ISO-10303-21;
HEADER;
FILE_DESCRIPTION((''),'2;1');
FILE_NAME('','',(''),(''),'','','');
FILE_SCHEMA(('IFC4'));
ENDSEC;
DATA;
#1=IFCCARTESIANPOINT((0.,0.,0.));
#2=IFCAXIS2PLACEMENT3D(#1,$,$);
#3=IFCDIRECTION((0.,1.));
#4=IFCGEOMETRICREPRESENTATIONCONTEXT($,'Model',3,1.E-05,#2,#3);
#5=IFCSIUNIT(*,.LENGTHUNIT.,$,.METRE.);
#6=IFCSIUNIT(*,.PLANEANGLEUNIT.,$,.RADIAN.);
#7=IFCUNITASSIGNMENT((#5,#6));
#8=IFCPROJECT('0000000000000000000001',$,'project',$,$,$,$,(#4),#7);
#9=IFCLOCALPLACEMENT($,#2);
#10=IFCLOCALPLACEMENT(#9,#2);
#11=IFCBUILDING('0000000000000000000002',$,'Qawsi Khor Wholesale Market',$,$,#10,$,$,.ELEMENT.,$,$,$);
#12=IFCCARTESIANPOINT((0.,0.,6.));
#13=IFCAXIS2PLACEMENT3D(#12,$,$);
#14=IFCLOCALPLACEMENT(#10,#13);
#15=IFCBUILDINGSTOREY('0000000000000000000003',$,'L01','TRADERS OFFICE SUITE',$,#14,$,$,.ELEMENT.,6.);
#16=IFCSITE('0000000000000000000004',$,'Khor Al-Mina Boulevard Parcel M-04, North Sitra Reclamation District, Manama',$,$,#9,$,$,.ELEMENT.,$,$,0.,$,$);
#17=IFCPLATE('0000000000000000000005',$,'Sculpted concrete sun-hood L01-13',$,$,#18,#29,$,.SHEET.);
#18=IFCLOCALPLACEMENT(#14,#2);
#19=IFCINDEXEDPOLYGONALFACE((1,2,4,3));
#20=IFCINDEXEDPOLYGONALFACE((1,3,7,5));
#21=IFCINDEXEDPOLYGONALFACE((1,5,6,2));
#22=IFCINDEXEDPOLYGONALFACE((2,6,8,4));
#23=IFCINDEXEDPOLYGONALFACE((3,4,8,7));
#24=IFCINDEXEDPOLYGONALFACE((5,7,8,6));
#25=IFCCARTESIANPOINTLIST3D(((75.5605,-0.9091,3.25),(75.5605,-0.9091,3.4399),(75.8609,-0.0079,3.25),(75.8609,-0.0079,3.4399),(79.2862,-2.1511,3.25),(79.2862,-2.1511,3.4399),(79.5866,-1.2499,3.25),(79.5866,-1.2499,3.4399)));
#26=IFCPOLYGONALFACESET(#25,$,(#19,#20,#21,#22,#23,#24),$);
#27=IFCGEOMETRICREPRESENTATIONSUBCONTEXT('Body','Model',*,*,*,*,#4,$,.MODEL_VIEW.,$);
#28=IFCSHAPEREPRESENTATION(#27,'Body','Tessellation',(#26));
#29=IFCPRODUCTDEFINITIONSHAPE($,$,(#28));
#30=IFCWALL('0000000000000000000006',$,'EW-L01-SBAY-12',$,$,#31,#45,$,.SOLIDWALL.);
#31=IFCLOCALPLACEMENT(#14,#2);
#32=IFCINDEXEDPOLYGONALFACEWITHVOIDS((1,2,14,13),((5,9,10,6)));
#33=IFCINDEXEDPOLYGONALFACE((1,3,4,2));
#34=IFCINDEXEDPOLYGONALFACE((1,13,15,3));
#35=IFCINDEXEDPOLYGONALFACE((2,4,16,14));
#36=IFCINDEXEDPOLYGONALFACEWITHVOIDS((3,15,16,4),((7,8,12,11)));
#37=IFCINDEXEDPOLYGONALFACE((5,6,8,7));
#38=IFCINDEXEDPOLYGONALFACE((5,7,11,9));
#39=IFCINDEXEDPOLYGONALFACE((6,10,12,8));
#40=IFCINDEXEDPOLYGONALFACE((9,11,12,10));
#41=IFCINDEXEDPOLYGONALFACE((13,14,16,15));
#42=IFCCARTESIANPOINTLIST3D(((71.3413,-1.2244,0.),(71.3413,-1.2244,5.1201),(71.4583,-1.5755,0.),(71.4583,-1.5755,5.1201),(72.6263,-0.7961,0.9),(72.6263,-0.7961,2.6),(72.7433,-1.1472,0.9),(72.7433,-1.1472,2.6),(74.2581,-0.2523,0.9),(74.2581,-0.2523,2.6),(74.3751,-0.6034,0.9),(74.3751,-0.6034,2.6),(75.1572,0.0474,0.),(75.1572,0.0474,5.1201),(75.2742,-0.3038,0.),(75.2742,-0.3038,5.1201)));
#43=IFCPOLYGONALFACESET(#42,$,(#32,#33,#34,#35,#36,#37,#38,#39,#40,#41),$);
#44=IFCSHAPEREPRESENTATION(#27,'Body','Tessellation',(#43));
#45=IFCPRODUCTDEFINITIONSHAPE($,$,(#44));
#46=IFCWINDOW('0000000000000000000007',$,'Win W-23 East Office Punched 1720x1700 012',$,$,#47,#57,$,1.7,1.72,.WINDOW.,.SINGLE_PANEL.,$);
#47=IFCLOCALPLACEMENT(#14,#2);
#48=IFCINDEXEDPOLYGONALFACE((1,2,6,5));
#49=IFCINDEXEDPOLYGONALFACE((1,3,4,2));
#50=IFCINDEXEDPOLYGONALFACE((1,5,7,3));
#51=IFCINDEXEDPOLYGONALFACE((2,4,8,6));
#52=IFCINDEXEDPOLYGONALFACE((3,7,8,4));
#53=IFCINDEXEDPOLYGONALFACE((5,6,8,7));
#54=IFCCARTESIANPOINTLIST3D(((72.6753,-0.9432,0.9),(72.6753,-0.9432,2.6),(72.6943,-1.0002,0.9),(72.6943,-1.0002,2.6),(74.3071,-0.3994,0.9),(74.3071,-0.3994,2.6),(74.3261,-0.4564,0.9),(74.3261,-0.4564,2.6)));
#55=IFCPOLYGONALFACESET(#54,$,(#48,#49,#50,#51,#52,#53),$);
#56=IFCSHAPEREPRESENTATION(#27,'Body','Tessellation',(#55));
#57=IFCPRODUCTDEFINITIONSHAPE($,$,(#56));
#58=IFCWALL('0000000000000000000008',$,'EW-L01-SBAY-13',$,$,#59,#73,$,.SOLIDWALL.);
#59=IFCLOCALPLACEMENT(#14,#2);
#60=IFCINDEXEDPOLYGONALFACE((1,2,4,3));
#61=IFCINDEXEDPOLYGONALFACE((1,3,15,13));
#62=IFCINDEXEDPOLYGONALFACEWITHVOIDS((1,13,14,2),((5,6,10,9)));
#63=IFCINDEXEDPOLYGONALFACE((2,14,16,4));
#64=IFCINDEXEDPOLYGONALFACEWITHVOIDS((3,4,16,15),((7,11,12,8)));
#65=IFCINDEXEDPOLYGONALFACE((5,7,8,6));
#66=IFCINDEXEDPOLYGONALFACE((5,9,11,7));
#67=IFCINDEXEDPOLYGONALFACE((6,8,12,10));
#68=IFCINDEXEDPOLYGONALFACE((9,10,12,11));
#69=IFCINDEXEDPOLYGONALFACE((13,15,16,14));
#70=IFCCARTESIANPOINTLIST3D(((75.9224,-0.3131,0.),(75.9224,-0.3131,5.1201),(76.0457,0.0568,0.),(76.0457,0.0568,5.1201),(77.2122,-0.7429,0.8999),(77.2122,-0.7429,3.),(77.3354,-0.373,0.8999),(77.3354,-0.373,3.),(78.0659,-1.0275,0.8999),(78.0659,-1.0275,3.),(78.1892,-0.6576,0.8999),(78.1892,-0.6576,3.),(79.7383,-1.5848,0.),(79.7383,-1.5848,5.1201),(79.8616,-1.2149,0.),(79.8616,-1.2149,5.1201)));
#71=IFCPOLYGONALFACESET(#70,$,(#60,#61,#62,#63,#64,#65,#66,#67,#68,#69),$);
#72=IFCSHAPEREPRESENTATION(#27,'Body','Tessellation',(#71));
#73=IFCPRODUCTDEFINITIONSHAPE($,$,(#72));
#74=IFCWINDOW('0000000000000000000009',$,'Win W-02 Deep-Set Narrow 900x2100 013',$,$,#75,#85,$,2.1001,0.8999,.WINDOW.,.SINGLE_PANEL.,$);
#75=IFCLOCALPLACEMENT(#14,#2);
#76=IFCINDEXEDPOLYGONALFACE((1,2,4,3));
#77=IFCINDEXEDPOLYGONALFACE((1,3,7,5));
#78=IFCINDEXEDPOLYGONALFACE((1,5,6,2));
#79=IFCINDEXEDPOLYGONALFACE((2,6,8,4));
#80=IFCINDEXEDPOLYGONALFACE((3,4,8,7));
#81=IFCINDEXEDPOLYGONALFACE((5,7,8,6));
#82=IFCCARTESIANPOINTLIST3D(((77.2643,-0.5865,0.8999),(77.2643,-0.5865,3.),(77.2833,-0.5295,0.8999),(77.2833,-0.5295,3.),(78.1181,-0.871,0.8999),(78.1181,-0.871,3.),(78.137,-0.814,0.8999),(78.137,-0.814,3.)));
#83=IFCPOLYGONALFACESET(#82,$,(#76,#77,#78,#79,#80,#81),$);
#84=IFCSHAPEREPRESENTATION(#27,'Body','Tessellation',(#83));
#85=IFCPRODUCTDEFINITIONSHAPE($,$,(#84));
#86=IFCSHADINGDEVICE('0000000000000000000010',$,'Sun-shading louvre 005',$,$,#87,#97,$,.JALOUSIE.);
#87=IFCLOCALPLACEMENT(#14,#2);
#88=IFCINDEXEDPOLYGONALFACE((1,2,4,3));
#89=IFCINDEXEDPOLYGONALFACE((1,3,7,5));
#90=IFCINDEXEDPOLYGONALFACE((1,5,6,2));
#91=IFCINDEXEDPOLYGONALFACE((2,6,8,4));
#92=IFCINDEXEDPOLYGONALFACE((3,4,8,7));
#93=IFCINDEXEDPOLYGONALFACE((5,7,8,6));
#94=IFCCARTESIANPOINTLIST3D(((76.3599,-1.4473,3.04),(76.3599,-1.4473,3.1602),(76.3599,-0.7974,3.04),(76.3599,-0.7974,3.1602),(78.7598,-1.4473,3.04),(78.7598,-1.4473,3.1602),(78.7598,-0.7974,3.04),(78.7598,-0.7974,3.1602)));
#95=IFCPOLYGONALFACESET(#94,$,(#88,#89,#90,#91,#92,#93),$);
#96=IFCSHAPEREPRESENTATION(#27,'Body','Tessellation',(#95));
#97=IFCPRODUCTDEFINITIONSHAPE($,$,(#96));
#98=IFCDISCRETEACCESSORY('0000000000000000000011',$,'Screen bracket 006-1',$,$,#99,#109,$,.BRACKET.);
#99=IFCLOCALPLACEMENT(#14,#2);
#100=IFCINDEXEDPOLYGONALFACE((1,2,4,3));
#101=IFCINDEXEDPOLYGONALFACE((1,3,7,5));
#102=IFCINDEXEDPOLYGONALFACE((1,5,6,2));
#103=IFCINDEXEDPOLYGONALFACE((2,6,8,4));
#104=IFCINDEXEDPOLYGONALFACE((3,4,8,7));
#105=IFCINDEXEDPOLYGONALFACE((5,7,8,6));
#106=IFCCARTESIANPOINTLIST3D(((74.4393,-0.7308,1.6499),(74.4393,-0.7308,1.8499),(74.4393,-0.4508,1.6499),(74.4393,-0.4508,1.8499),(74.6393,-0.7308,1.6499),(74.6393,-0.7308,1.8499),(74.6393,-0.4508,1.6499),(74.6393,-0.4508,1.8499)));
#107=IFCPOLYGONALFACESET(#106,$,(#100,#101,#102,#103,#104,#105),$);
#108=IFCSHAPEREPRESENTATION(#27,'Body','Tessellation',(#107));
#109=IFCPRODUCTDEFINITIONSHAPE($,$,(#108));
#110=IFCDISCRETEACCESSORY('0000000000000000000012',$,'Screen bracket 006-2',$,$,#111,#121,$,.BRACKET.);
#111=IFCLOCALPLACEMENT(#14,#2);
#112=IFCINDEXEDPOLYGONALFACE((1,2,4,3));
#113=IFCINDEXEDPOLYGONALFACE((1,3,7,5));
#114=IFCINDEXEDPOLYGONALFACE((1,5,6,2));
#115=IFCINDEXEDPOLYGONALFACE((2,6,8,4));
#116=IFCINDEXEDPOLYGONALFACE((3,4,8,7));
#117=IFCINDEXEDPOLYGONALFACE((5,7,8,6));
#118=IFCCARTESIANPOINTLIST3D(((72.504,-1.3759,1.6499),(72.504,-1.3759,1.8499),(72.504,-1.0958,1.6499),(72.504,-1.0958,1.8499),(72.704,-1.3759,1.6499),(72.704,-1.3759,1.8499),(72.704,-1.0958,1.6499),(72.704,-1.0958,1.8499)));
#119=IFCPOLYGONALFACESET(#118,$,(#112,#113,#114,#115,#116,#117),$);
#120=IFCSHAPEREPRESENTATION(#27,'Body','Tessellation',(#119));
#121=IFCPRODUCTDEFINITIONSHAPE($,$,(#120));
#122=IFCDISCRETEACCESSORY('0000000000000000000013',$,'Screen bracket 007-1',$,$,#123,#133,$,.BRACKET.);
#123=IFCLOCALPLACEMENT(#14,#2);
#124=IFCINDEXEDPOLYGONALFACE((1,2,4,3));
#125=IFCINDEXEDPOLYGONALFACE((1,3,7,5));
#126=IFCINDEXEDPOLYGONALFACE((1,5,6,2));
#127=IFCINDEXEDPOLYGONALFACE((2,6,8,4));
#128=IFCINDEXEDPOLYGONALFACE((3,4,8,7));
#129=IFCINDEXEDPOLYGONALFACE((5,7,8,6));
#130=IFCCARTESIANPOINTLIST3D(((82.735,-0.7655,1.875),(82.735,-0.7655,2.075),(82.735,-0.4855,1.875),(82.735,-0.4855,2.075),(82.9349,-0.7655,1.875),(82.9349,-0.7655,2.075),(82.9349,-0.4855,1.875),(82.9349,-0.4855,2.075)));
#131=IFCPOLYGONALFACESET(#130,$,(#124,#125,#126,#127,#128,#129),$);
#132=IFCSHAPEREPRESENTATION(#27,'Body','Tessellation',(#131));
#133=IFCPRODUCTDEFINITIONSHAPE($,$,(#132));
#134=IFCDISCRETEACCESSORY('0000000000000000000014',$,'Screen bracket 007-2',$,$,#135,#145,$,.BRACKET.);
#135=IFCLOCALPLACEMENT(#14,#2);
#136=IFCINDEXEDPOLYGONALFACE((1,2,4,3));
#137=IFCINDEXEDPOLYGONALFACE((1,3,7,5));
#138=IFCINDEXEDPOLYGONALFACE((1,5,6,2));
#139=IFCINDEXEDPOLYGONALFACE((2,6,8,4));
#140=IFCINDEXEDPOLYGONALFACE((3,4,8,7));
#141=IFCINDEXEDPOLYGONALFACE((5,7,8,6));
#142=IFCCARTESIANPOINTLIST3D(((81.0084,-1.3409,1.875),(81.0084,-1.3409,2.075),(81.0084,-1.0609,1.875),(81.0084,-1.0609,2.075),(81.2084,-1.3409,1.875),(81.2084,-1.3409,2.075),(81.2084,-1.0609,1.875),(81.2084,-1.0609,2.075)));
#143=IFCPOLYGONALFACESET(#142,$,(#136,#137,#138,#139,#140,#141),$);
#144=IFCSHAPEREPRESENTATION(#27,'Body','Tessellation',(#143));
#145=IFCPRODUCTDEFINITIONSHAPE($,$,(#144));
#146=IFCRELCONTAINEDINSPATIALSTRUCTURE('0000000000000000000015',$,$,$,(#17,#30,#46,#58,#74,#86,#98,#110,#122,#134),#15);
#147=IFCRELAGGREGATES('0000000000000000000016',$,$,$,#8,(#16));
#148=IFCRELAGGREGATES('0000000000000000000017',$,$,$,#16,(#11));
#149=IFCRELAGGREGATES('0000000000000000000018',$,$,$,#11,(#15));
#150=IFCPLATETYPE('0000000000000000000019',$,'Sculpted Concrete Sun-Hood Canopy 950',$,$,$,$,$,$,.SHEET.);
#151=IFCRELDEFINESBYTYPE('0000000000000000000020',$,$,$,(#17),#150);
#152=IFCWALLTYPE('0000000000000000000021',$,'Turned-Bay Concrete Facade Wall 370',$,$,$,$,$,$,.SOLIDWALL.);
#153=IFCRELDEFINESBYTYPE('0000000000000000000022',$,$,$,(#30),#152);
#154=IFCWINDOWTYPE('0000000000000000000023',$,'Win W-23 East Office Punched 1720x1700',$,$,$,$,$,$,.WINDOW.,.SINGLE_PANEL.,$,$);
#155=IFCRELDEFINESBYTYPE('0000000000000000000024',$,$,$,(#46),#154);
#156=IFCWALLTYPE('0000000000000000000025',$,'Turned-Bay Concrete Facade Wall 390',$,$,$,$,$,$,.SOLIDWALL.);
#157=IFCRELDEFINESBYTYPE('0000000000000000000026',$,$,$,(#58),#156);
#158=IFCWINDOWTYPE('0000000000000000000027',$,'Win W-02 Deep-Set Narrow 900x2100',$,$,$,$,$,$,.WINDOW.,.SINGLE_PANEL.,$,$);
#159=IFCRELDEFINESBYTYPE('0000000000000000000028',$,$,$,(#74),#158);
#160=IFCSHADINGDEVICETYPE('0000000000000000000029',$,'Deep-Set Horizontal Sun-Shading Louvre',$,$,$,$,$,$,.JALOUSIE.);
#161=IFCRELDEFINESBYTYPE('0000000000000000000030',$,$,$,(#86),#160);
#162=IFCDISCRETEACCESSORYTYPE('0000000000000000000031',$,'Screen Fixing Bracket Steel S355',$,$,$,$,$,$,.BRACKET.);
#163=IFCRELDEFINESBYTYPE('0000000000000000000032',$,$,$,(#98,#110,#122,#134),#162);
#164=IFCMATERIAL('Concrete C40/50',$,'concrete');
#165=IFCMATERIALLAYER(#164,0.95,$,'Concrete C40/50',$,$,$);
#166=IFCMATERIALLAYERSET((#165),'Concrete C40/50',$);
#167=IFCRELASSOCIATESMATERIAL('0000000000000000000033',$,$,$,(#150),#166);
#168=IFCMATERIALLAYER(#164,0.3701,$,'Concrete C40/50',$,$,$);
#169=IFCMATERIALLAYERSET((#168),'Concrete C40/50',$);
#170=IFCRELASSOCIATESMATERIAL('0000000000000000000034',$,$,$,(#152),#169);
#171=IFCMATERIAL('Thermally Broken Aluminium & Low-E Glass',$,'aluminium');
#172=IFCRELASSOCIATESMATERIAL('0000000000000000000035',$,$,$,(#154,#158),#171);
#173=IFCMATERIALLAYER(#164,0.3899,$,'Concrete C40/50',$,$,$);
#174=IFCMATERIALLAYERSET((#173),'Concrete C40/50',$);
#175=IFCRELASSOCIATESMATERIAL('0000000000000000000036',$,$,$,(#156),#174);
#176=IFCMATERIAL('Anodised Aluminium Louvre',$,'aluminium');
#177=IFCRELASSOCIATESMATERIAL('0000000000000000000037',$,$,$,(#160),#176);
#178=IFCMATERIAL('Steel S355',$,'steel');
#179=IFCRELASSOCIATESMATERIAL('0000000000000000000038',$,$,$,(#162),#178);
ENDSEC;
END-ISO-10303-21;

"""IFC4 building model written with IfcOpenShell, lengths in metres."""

from ifc_helpers import new_model, si_unit, direction, frame, frame_2d, origin, origin_2d, place, context, subcontext, project, spatial, rectangle, extrude, material, layer, layer_set, type_object, element, fill, save


model = new_model("IFC4")

# Units and contexts
model_context = context("Model", 3, precision=1e-05, world=origin(), true_north=direction((0.0, 1.0)))
body_context = subcontext(model_context, "Body", "Model", "MODEL_VIEW")
ifc_project = project(units=[si_unit("LENGTHUNIT", "METRE"), si_unit("PLANEANGLEUNIT", "RADIAN")], contexts=[model_context])

# Site, building, storey
site_placement = place(None, origin())
site = spatial("IfcSite", under=ifc_project, at=site_placement, Name="Khor Al-Mina Boulevard Parcel M-04, North Sitra Reclamation District, Manama", CompositionType="ELEMENT", RefElevation=0.0)
building_placement = place(site_placement, origin())
building = spatial("IfcBuilding", under=site, at=building_placement, Name="Qawsi Khor Wholesale Market", CompositionType="ELEMENT")
storey_placement = place(building_placement, frame((0.0, 0.0, 6.0)))
storey = spatial("IfcBuildingStorey", under=building, at=storey_placement, Name="L01", Description="TRADERS OFFICE SUITE", CompositionType="ELEMENT", Elevation=6.0)

# Shared definitions
ifc_material_1 = material(Name="Concrete C40/50", Category="concrete")

# Shared definitions
ifc_material_2 = material(Name="Steel S355", Category="steel")

# Plate
ifc_layer_1 = layer(ifc_material_1, 0.95, Name="Concrete C40/50")
ifc_layer_set_1 = layer_set([ifc_layer_1], Name="Concrete C40/50")
plate_type_1 = type_object("IfcPlateType", Name="Sculpted Concrete Sun-Hood Canopy 950", PredefinedType="SHEET", material=ifc_layer_set_1)
plate_1_placement = place(storey_placement, frame((75.7107, -0.4585, 3.25), z_axis=(0.0, 0.0, 1.0), x_axis=(0.948677, -0.316246, 0.0)))
element("IfcPlate", 1, at=plate_1_placement, inside=storey, type_object=plate_type_1, Name="Sculpted concrete sun-hood L01-13", PredefinedType="SHEET", context=body_context, shape_type="SweptSolid", body=[
    extrude(rectangle(XDim=3.9272, YDim=0.95, at=frame_2d((1.9636, 0.0))), origin(), (0.0, 0.0, 1.0), 0.1899),
])

# Walls, openings, windows
ifc_layer_2 = layer(ifc_material_1, 0.3701, Name="Concrete C40/50")
ifc_layer_set_2 = layer_set([ifc_layer_2], Name="Concrete C40/50")
wall_type_1 = type_object("IfcWallType", Name="Turned-Bay Concrete Facade Wall 370", PredefinedType="SOLIDWALL", material=ifc_layer_set_2)
wall_1_placement = place(storey_placement, frame((75.2158, -0.1282, 0.0), z_axis=(0.0, 0.0, 1.0), x_axis=(-0.948702, -0.316173, 0.0)))
wall_1 = element("IfcWall", 2, at=wall_1_placement, inside=storey, type_object=wall_type_1, Name="EW-L01-SBAY-12", PredefinedType="SOLIDWALL", context=body_context, shape_type="SweptSolid", body=[
    extrude(rectangle(XDim=4.0222, YDim=0.3701, at=frame_2d((2.0112, 0.0))), origin(), (0.0, 0.0, 1.0), 5.1201),
])
opening_1_placement = place(wall_1_placement, frame((0.948, 0.0, 0.8999)))
opening_1 = element("IfcOpeningElement", 3, at=opening_1_placement, cuts=wall_1, PredefinedType="OPENING", context=body_context, shape_type="SweptSolid", body=[
    extrude(rectangle(XDim=1.72, YDim=1.7, at=frame_2d((0.8599, 0.8501))), frame((0.0, 0.1951, 0.0), z_axis=(0.0, -1.0, 0.0), x_axis=(1.0, 0.0, 0.0)), (0.0, 0.0, 1.0), 0.3901),
])
ifc_material_3 = material(Name="Thermally Broken Aluminium & Low-E Glass", Category="aluminium")
window_type_1 = type_object("IfcWindowType", Name="Win W-23 East Office Punched 1720x1700", PartitioningType="SINGLE_PANEL", PredefinedType="WINDOW", material=ifc_material_3)
window_1_placement = place(opening_1_placement, origin())
window_1 = element("IfcWindow", 4, at=window_1_placement, inside=storey, type_object=window_type_1, Name="Win W-23 East Office Punched 1720x1700 012", OverallHeight=1.7, OverallWidth=1.72, PartitioningType="SINGLE_PANEL", PredefinedType="WINDOW", context=body_context, shape_type="SweptSolid", body=[
    extrude(rectangle(XDim=1.72, YDim=1.7, at=frame_2d((0.8599, 0.8501))), frame((0.0, 0.03, 0.0), z_axis=(0.0, -1.0, 0.0), x_axis=(1.0, 0.0, 0.0)), (0.0, 0.0, 1.0), 0.0601),
])
fill(opening_1, window_1)
ifc_layer_3 = layer(ifc_material_1, 0.3899, Name="Concrete C40/50")
ifc_layer_set_3 = layer_set([ifc_layer_3], Name="Concrete C40/50")
wall_type_2 = type_object("IfcWallType", Name="Turned-Bay Concrete Facade Wall 390", PredefinedType="SOLIDWALL", material=ifc_layer_set_3)
wall_2_placement = place(storey_placement, frame((79.8, -1.3999, 0.0), z_axis=(0.0, 0.0, 1.0), x_axis=(-0.948702, 0.316173, 0.0)))
wall_2 = element("IfcWall", 5, at=wall_2_placement, inside=storey, type_object=wall_type_2, Name="EW-L01-SBAY-13", PredefinedType="SOLIDWALL", context=body_context, shape_type="SweptSolid", body=[
    extrude(rectangle(XDim=4.0222, YDim=0.3899, at=frame_2d((2.0112, 0.0))), origin(), (0.0, 0.0, 1.0), 5.1201),
])
opening_2_placement = place(wall_2_placement, frame((1.7629, 0.0, 0.8999)))
opening_2 = element("IfcOpeningElement", 6, at=opening_2_placement, cuts=wall_2, PredefinedType="OPENING", context=body_context, shape_type="SweptSolid", body=[
    extrude(rectangle(XDim=0.8999, YDim=2.1001, at=frame_2d((0.45, 1.05))), frame((0.0, 0.2048, 0.0), z_axis=(0.0, -1.0, 0.0), x_axis=(1.0, 0.0, 0.0)), (0.0, 0.0, 1.0), 0.4099),
])
window_type_2 = type_object("IfcWindowType", Name="Win W-02 Deep-Set Narrow 900x2100", PartitioningType="SINGLE_PANEL", PredefinedType="WINDOW", material=ifc_material_3)
window_2_placement = place(opening_2_placement, origin())
window_2 = element("IfcWindow", 7, at=window_2_placement, inside=storey, type_object=window_type_2, Name="Win W-02 Deep-Set Narrow 900x2100 013", OverallHeight=2.1001, OverallWidth=0.8999, PartitioningType="SINGLE_PANEL", PredefinedType="WINDOW", context=body_context, shape_type="SweptSolid", body=[
    extrude(rectangle(XDim=0.8999, YDim=2.1001, at=frame_2d((0.45, 1.05))), frame((0.0, 0.03, 0.0), z_axis=(0.0, -1.0, 0.0), x_axis=(1.0, 0.0, 0.0)), (0.0, 0.0, 1.0), 0.0601),
])
fill(opening_2, window_2)

# Shading device
ifc_material_4 = material(Name="Anodised Aluminium Louvre", Category="aluminium")
shading_device_type = type_object("IfcShadingDeviceType", Name="Deep-Set Horizontal Sun-Shading Louvre", PredefinedType="JALOUSIE", material=ifc_material_4)
shading_device_placement = place(storey_placement, frame((77.5598, -1.1223, 3.04), z_axis=(0.0, 0.0, 1.0), x_axis=(1.0, 0.0, 0.0)))
element("IfcShadingDevice", 8, at=shading_device_placement, inside=storey, type_object=shading_device_type, Name="Sun-shading louvre 005", PredefinedType="JALOUSIE", context=body_context, shape_type="SweptSolid", body=[
    extrude(rectangle(XDim=2.3999, YDim=0.6499, at=origin_2d()), origin(), (0.0, 0.0, 1.0), 0.1201),
])

# Discrete accessories
discrete_accessory_type = type_object("IfcDiscreteAccessoryType", Name="Screen Fixing Bracket Steel S355", PredefinedType="BRACKET", material=ifc_material_2)
for number, where, z_axis, x_axis, name in (
    (9, (74.5393, -0.5908, 1.6499), (0.0, 0.0, 1.0), (1.0, 0.0, 0.0), "Screen bracket 006-1"),
    (10, (72.604, -1.2358, 1.6499), (0.0, 0.0, 1.0), (1.0, 0.0, 0.0), "Screen bracket 006-2"),
    (11, (82.835, -0.6255, 1.875), (0.0, 0.0, 1.0), (1.0, 0.0, 0.0), "Screen bracket 007-1"),
    (12, (81.1084, -1.2009, 1.875), (0.0, 0.0, 1.0), (1.0, 0.0, 0.0), "Screen bracket 007-2"),
):
    element("IfcDiscreteAccessory", number, at=place(storey_placement, frame(where, z_axis=z_axis, x_axis=x_axis)), inside=storey, type_object=discrete_accessory_type, Name=name, PredefinedType="BRACKET", context=body_context, shape_type="SweptSolid", body=[
        extrude(rectangle(XDim=0.2, YDim=0.28, at=origin_2d()), origin(), (0.0, 0.0, 1.0), 0.2),
    ])

save(model, "model.ifc")
